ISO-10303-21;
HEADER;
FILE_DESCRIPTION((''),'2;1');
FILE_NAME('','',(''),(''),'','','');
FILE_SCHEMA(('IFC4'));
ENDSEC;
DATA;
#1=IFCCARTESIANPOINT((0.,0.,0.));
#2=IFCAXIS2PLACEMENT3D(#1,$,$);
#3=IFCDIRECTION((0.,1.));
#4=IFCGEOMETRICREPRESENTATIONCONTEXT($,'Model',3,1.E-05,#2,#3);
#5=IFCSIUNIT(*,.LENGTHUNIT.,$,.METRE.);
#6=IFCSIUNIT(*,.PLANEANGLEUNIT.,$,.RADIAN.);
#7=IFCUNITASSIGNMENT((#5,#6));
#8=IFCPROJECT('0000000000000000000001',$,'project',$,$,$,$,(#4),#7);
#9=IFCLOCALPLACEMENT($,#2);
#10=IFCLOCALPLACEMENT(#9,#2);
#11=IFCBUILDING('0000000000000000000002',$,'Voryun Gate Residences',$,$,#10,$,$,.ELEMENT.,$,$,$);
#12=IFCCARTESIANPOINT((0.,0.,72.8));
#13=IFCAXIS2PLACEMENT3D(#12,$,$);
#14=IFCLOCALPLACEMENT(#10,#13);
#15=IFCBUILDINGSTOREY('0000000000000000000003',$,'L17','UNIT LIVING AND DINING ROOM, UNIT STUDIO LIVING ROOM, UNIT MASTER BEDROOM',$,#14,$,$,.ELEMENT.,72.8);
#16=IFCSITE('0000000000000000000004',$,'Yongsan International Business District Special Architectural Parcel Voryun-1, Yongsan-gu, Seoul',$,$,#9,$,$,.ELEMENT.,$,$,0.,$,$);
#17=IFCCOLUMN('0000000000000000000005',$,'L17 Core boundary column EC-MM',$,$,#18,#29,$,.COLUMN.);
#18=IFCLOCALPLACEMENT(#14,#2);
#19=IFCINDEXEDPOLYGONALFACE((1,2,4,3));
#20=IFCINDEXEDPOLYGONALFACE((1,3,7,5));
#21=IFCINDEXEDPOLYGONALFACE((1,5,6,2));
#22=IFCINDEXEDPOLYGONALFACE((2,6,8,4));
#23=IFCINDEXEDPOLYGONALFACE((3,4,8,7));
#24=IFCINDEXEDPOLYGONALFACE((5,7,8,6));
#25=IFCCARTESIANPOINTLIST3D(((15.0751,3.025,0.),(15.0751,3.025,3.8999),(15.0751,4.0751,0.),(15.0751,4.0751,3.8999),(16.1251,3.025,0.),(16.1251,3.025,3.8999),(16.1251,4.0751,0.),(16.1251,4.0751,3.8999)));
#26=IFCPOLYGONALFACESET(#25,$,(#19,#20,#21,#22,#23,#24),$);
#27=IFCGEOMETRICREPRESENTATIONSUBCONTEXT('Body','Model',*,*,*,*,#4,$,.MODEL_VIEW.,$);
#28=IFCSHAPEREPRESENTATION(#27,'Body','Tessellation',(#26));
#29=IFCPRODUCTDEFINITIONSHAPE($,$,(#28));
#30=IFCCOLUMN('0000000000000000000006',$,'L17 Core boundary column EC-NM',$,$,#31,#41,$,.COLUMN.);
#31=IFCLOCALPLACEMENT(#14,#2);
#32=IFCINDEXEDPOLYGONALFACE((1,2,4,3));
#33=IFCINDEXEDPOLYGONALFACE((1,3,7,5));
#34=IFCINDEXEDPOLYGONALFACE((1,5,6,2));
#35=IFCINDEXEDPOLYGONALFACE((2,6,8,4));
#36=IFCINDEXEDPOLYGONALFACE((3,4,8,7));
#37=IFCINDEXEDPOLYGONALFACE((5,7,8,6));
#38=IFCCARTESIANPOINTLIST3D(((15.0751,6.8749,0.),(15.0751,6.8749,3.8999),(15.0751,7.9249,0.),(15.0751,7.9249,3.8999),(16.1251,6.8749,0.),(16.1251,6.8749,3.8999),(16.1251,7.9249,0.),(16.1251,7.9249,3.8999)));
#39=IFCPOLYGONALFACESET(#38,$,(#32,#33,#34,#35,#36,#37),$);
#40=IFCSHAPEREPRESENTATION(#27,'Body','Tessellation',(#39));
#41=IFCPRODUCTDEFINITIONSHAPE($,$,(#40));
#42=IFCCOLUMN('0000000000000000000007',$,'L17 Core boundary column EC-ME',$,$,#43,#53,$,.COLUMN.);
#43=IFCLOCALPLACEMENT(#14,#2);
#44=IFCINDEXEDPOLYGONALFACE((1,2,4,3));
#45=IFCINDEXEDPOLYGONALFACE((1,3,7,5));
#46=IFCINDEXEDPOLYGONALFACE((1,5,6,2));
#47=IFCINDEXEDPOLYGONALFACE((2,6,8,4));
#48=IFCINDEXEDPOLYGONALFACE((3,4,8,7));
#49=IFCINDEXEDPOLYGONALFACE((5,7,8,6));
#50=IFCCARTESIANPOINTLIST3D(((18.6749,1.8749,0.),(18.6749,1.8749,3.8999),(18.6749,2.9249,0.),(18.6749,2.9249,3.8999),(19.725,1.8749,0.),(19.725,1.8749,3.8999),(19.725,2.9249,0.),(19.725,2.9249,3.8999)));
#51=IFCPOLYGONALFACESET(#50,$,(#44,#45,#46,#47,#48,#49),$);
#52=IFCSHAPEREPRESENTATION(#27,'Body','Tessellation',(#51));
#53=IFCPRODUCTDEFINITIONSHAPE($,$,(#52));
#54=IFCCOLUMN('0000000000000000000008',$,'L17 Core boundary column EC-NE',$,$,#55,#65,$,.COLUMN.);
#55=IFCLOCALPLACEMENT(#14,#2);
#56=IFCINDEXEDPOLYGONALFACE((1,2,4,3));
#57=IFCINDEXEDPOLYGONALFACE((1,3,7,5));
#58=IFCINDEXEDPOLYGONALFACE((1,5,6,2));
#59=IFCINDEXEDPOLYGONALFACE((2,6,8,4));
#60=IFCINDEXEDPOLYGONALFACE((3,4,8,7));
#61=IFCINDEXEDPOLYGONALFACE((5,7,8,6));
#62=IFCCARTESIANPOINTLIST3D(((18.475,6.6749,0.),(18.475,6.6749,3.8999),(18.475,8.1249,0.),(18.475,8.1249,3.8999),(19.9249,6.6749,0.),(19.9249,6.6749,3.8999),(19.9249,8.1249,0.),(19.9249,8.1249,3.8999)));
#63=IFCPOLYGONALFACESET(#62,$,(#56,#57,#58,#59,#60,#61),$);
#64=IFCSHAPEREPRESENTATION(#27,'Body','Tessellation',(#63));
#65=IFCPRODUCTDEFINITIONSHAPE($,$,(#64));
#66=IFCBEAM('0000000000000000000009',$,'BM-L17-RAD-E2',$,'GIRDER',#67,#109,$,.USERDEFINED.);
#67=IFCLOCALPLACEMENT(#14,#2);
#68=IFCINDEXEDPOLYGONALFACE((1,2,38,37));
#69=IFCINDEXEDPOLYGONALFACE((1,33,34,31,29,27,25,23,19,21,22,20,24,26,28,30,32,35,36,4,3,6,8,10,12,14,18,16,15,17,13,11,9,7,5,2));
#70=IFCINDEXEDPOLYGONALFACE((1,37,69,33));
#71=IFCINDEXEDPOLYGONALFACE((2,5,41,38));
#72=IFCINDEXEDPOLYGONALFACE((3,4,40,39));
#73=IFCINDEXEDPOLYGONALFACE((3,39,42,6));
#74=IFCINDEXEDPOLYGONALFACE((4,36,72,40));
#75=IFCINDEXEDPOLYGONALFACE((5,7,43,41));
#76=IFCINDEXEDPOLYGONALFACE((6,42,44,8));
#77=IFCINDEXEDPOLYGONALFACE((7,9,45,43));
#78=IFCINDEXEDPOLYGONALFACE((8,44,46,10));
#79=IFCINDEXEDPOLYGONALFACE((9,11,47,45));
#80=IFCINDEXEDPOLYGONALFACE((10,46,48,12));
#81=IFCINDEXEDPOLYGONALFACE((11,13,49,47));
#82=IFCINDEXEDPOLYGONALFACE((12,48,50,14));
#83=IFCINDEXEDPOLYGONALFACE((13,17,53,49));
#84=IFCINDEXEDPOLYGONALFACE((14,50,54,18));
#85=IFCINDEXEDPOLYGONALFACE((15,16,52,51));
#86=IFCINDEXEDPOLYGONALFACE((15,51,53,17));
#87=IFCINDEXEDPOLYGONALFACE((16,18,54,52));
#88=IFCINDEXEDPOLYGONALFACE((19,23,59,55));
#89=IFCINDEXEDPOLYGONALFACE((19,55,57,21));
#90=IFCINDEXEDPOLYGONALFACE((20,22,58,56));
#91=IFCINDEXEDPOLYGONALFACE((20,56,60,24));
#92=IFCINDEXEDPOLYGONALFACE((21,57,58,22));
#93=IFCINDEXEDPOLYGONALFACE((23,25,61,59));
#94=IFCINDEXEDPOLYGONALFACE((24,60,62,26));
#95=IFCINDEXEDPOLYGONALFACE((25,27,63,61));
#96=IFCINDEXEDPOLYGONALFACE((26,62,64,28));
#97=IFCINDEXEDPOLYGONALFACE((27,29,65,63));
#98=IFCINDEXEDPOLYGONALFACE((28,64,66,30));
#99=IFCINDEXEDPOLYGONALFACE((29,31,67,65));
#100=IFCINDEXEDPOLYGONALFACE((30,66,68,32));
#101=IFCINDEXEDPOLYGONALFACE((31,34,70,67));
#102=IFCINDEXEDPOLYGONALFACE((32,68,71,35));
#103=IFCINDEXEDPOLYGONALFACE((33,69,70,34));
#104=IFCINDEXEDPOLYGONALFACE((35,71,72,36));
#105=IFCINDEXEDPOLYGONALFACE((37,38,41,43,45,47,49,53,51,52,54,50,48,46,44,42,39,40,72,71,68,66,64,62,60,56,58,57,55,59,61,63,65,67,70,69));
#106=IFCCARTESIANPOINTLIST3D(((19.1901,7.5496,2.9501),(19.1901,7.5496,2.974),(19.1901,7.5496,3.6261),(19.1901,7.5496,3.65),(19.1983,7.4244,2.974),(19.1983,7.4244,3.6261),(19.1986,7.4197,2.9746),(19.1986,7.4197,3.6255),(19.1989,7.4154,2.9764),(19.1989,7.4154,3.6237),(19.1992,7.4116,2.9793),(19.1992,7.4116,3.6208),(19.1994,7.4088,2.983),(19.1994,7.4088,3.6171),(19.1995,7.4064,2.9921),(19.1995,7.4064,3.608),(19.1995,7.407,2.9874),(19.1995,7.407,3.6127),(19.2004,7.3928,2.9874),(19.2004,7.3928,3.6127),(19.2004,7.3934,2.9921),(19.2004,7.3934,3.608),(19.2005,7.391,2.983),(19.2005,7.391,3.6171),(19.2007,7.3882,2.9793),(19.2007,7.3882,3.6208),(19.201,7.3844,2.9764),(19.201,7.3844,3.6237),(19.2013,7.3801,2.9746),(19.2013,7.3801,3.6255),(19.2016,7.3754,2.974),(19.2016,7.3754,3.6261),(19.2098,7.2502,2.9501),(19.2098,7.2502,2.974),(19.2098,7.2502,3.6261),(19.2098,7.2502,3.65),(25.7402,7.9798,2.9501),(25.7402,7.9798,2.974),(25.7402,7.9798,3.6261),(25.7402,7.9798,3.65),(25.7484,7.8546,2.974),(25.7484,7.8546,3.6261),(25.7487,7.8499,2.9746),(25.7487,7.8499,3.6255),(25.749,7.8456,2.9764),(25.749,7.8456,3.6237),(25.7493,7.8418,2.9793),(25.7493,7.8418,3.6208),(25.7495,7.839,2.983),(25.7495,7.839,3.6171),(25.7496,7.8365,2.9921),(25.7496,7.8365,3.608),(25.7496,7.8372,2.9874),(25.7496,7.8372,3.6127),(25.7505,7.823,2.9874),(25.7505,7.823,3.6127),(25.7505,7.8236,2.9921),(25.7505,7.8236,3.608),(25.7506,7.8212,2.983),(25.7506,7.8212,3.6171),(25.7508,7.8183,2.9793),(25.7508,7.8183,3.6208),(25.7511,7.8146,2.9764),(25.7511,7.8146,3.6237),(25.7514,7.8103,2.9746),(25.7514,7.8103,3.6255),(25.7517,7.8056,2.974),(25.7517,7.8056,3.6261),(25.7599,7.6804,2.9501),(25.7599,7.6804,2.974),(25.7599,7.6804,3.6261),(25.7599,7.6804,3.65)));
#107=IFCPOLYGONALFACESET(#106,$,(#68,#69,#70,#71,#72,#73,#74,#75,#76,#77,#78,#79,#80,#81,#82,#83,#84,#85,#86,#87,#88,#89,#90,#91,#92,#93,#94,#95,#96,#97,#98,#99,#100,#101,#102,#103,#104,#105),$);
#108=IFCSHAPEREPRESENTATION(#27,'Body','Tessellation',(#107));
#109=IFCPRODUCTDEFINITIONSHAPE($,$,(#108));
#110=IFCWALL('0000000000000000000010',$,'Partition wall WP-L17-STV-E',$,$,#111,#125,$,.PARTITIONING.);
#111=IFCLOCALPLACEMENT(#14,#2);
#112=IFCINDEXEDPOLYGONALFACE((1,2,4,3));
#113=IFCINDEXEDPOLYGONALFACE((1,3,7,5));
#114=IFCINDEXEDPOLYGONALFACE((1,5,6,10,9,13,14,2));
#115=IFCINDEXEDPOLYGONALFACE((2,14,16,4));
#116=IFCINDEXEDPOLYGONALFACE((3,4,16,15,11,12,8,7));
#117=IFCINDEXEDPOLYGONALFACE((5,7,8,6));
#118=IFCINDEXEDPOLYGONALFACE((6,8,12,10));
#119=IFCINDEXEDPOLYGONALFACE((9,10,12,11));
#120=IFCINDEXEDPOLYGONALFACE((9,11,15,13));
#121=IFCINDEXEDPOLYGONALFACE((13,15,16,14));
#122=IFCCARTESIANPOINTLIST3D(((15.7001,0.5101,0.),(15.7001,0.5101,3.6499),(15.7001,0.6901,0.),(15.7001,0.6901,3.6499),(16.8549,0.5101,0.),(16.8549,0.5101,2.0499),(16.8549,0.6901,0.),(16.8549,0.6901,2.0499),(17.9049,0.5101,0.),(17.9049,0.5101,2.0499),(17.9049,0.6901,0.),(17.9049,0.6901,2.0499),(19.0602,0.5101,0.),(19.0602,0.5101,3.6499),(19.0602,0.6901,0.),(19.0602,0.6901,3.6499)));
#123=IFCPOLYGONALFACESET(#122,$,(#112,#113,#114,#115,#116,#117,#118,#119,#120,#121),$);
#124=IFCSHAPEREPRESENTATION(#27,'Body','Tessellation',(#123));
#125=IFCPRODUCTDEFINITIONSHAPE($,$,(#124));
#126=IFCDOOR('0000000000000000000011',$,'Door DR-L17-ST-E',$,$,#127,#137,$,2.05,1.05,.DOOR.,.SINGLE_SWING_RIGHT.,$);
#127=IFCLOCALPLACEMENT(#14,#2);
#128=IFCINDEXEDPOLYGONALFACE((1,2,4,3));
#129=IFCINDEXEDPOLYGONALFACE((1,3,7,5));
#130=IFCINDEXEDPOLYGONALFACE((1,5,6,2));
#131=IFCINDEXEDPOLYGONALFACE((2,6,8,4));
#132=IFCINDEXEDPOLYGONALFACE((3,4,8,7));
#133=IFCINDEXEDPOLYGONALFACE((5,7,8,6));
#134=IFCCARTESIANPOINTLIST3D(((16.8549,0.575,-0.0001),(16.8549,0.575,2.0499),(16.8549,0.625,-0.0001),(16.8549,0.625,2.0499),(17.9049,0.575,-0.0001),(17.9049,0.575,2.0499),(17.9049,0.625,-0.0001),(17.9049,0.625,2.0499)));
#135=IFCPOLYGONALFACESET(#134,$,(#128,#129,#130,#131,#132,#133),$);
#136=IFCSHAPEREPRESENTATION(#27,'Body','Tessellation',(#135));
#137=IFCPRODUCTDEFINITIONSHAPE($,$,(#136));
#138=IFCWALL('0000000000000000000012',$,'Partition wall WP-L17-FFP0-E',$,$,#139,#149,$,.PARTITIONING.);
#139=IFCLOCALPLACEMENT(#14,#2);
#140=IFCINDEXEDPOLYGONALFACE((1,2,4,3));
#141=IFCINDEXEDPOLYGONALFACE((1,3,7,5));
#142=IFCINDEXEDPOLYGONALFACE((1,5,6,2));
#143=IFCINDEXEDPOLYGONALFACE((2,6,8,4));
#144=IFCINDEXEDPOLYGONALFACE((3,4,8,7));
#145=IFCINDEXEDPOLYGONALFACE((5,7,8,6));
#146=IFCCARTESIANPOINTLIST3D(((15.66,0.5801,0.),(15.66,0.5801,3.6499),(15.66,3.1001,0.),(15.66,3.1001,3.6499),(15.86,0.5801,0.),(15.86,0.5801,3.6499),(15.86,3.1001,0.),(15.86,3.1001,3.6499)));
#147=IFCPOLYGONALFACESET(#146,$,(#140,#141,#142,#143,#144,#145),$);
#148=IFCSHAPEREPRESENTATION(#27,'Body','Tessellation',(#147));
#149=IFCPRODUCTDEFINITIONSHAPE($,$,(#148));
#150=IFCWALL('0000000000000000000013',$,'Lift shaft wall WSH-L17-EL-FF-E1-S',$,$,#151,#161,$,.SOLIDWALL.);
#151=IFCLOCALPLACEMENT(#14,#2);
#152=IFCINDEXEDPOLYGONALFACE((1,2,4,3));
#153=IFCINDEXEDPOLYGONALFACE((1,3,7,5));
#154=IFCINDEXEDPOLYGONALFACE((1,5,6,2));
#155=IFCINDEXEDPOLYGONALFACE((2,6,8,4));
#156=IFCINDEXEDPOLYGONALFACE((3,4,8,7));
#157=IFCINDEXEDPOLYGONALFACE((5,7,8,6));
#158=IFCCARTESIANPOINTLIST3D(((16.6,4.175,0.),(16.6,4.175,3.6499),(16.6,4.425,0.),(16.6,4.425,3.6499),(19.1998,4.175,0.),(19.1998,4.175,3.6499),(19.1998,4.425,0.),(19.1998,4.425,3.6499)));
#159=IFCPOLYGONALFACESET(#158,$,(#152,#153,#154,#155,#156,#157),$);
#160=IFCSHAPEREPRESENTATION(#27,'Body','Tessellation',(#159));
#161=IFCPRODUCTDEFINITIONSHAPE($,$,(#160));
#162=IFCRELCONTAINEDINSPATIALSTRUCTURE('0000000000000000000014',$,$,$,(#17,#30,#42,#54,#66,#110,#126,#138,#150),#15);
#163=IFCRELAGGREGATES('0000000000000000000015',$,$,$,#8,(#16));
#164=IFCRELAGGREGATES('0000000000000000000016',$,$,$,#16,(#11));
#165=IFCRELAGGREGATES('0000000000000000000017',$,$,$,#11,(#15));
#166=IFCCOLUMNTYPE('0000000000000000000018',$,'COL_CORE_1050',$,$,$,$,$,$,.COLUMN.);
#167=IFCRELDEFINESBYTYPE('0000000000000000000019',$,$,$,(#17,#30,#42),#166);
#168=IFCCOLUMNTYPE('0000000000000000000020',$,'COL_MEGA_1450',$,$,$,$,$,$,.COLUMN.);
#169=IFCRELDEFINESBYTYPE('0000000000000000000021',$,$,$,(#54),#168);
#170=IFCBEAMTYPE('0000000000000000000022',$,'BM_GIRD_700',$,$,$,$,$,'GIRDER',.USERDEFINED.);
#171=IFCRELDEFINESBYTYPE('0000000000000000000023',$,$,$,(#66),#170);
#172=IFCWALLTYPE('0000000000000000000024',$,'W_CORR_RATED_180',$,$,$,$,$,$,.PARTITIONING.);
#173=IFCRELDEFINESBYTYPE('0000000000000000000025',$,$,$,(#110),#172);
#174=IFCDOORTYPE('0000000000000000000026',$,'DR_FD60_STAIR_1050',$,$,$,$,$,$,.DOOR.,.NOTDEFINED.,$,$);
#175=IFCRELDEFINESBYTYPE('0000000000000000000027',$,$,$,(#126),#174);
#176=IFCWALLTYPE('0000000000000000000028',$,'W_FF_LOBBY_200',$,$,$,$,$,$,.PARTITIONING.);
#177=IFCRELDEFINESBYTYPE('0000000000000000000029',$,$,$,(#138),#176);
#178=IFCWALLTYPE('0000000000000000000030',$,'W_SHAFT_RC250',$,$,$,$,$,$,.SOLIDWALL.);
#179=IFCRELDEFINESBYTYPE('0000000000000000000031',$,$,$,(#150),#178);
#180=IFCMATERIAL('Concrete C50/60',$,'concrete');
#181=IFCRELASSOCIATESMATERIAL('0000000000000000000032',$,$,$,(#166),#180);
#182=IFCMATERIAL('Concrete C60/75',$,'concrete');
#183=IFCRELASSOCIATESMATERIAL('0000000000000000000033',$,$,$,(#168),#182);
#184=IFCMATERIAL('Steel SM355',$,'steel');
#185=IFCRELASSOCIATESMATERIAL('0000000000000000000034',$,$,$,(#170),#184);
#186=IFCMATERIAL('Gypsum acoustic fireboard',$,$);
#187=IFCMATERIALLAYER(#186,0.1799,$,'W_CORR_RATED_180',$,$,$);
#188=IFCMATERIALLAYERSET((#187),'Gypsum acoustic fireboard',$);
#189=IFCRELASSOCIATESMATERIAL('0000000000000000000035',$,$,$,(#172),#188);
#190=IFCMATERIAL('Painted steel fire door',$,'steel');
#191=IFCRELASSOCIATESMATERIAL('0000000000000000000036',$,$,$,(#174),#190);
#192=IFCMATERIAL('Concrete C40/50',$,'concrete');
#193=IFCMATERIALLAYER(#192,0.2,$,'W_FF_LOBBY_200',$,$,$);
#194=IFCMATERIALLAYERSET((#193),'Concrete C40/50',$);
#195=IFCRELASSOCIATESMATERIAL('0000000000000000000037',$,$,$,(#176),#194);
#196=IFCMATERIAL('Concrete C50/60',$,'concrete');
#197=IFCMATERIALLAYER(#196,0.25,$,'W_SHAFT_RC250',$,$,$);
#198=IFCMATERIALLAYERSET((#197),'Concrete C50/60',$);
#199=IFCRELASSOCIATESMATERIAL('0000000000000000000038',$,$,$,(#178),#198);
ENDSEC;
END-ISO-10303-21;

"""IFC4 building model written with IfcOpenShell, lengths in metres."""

from ifc_helpers import new_model, si_unit, direction, frame, frame_2d, origin, origin_2d, place, context, subcontext, project, spatial, rectangle, i_section, extrude, material, layer, layer_set, material_profile, profile_set, type_object, element, fill, save


model = new_model("IFC4")

# Units and contexts
model_context = context("Model", 3, precision=1e-05, world=origin(), true_north=direction((0.0, 1.0)))
body_context = subcontext(model_context, "Body", "Model", "MODEL_VIEW")
ifc_project = project(units=[si_unit("LENGTHUNIT", "METRE"), si_unit("PLANEANGLEUNIT", "RADIAN")], contexts=[model_context])

# Site, building, storey
site_placement = place(None, origin())
site = spatial("IfcSite", under=ifc_project, at=site_placement, Name="Yongsan International Business District Special Architectural Parcel Voryun-1, Yongsan-gu, Seoul", CompositionType="ELEMENT", RefElevation=0.0)
building_placement = place(site_placement, origin())
building = spatial("IfcBuilding", under=site, at=building_placement, Name="Voryun Gate Residences", CompositionType="ELEMENT")
storey_placement = place(building_placement, frame((0.0, 0.0, 72.8)))
storey = spatial("IfcBuildingStorey", under=building, at=storey_placement, Name="L17", Description="UNIT LIVING AND DINING ROOM, UNIT STUDIO LIVING ROOM, UNIT MASTER BEDROOM", CompositionType="ELEMENT", Elevation=72.8)

# Columns
ifc_material_1 = material(Name="Concrete C50/60", Category="concrete")
ifc_material_profile_1 = material_profile(ifc_material_1, rectangle(XDim=1.05, YDim=1.05, at=origin_2d()), Name="RC-1050x1050")
ifc_profile_set_1 = profile_set([ifc_material_profile_1], Name="Concrete C50/60")
column_type_1 = type_object("IfcColumnType", Name="COL_CORE_1050", PredefinedType="COLUMN", material=ifc_profile_set_1)
for number, where, z_axis, x_axis, name in (
    (1, (15.6001, 3.55, 0.0), (0.0, 0.0, 1.0), (1.0, 0.0, 0.0), "L17 Core boundary column EC-MM"),
    (2, (15.6001, 7.3999, 0.0), (0.0, 0.0, 1.0), (1.0, 0.0, 0.0), "L17 Core boundary column EC-NM"),
    (3, (19.2, 2.3999, 0.0), (0.0, 0.0, 1.0), (1.0, 0.0, 0.0), "L17 Core boundary column EC-ME"),
):
    element("IfcColumn", number, at=place(storey_placement, frame(where, z_axis=z_axis, x_axis=x_axis)), inside=storey, type_object=column_type_1, Name=name, PredefinedType="COLUMN", context=body_context, shape_type="SweptSolid", body=[
        extrude(rectangle(XDim=1.05, YDim=1.05, at=origin_2d()), origin(), (0.0, 0.0, 1.0), 3.8999),
    ])
ifc_material_2 = material(Name="Concrete C60/75", Category="concrete")
ifc_material_profile_2 = material_profile(ifc_material_2, rectangle(XDim=1.45, YDim=1.45, at=origin_2d()), Name="RC-1450x1450")
ifc_profile_set_2 = profile_set([ifc_material_profile_2], Name="Concrete C60/75")
column_type_2 = type_object("IfcColumnType", Name="COL_MEGA_1450", PredefinedType="COLUMN", material=ifc_profile_set_2)
column_placement = place(storey_placement, frame((19.2, 7.3999, 0.0), z_axis=(0.0, 0.0, 1.0), x_axis=(1.0, 0.0, 0.0)))
element("IfcColumn", 4, at=column_placement, inside=storey, type_object=column_type_2, Name="L17 Core boundary column EC-NE", PredefinedType="COLUMN", context=body_context, shape_type="SweptSolid", body=[
    extrude(rectangle(XDim=1.45, YDim=1.45, at=origin_2d()), origin(), (0.0, 0.0, 1.0), 3.8999),
])

# Beam
ifc_material_3 = material(Name="Steel SM355", Category="steel")
ifc_material_profile_3 = material_profile(ifc_material_3, i_section(OverallWidth=0.3, OverallDepth=0.7, WebThickness=0.0129, FlangeThickness=0.0239, FilletRadius=0.0181, at=origin_2d()), Name="H-700x300x13x24")
ifc_profile_set_3 = profile_set([ifc_material_profile_3], Name="Steel SM355")
beam_type = type_object("IfcBeamType", Name="BM_GIRD_700", ElementType="GIRDER", PredefinedType="USERDEFINED", material=ifc_profile_set_3)
beam_placement = place(storey_placement, frame((19.2, 7.3999, 3.3), z_axis=(0.99785, 0.065534, 0.0), x_axis=(-0.065534, 0.99785, 0.0)))
element("IfcBeam", 5, at=beam_placement, inside=storey, type_object=beam_type, Name="BM-L17-RAD-E2", ObjectType="GIRDER", PredefinedType="USERDEFINED", context=body_context, shape_type="SweptSolid", body=[
    extrude(i_section(OverallWidth=0.3, OverallDepth=0.7, WebThickness=0.0129, FlangeThickness=0.0239, FilletRadius=0.0181, at=origin_2d()), origin(), (0.0, 0.0, 1.0), 6.5642),
])

# Wall, opening, door
ifc_material_4 = material(Name="Gypsum acoustic fireboard")
ifc_layer_1 = layer(ifc_material_4, 0.1799, Name="W_CORR_RATED_180")
ifc_layer_set_1 = layer_set([ifc_layer_1], Name="Gypsum acoustic fireboard")
wall_type_1 = type_object("IfcWallType", Name="W_CORR_RATED_180", PredefinedType="PARTITIONING", material=ifc_layer_set_1)
wall_1_placement = place(storey_placement, frame((15.7, 0.6001, 0.0), z_axis=(0.0, 0.0, 1.0), x_axis=(1.0, 0.0, 0.0)))
wall_1 = element("IfcWall", 6, at=wall_1_placement, inside=storey, type_object=wall_type_1, Name="Partition wall WP-L17-STV-E", PredefinedType="PARTITIONING", context=body_context, shape_type="SweptSolid", body=[
    extrude(rectangle(XDim=3.3601, YDim=0.1799, at=frame_2d((1.6802, 0.0))), origin(), (0.0, 0.0, 1.0), 3.6499),
])
opening_1_placement = place(wall_1_placement, frame((1.155, 0.0, 0.0)))
opening_1 = element("IfcOpeningElement", 7, at=opening_1_placement, cuts=wall_1, PredefinedType="OPENING", context=body_context, shape_type="SweptSolid", body=[
    extrude(rectangle(XDim=1.05, YDim=2.05, at=frame_2d((0.5249, 1.0249))), frame((0.0, 0.0999, 0.0), z_axis=(0.0, -1.0, 0.0), x_axis=(1.0, 0.0, 0.0)), (0.0, 0.0, 1.0), 0.2),
])
ifc_material_5 = material(Name="Painted steel fire door", Category="steel")
door_type_1 = type_object("IfcDoorType", Name="DR_FD60_STAIR_1050", OperationType="NOTDEFINED", PredefinedType="DOOR", material=ifc_material_5)
door_1_placement = place(opening_1_placement, origin())
door_1 = element("IfcDoor", 8, at=door_1_placement, inside=storey, type_object=door_type_1, Name="Door DR-L17-ST-E", OperationType="SINGLE_SWING_RIGHT", OverallHeight=2.05, OverallWidth=1.05, PredefinedType="DOOR", context=body_context, shape_type="SweptSolid", body=[
    extrude(rectangle(XDim=1.05, YDim=2.05, at=frame_2d((0.5249, 1.0249))), frame((0.0, 0.0249, 0.0), z_axis=(0.0, -1.0, 0.0), x_axis=(1.0, 0.0, 0.0)), (0.0, 0.0, 1.0), 0.05),
])
fill(opening_1, door_1)

# Walls
ifc_material_6 = material(Name="Concrete C40/50", Category="concrete")
ifc_layer_2 = layer(ifc_material_6, 0.2, Name="W_FF_LOBBY_200")
ifc_layer_set_2 = layer_set([ifc_layer_2], Name="Concrete C40/50")
wall_type_2 = type_object("IfcWallType", Name="W_FF_LOBBY_200", PredefinedType="PARTITIONING", material=ifc_layer_set_2)
wall_2_placement = place(storey_placement, frame((15.76, 0.5801, 0.0), z_axis=(0.0, 0.0, 1.0), x_axis=(0.0, 1.0, 0.0)))
element("IfcWall", 9, at=wall_2_placement, inside=storey, type_object=wall_type_2, Name="Partition wall WP-L17-FFP0-E", PredefinedType="PARTITIONING", context=body_context, shape_type="SweptSolid", body=[
    extrude(rectangle(XDim=2.52, YDim=0.2, at=frame_2d((1.26, 0.0))), origin(), (0.0, 0.0, 1.0), 3.6499),
])
ifc_material_7 = material(Name="Concrete C50/60", Category="concrete")
ifc_layer_3 = layer(ifc_material_7, 0.25, Name="W_SHAFT_RC250")
ifc_layer_set_3 = layer_set([ifc_layer_3], Name="Concrete C50/60")
wall_type_3 = type_object("IfcWallType", Name="W_SHAFT_RC250", PredefinedType="SOLIDWALL", material=ifc_layer_set_3)
wall_3_placement = place(storey_placement, frame((16.6001, 4.3, 0.0), z_axis=(0.0, 0.0, 1.0), x_axis=(1.0, 0.0, 0.0)))
element("IfcWall", 10, at=wall_3_placement, inside=storey, type_object=wall_type_3, Name="Lift shaft wall WSH-L17-EL-FF-E1-S", PredefinedType="SOLIDWALL", context=body_context, shape_type="SweptSolid", body=[
    extrude(rectangle(XDim=2.5999, YDim=0.25, at=frame_2d((1.2998, 0.0))), origin(), (0.0, 0.0, 1.0), 3.6499),
])

save(model, "model.ifc")
